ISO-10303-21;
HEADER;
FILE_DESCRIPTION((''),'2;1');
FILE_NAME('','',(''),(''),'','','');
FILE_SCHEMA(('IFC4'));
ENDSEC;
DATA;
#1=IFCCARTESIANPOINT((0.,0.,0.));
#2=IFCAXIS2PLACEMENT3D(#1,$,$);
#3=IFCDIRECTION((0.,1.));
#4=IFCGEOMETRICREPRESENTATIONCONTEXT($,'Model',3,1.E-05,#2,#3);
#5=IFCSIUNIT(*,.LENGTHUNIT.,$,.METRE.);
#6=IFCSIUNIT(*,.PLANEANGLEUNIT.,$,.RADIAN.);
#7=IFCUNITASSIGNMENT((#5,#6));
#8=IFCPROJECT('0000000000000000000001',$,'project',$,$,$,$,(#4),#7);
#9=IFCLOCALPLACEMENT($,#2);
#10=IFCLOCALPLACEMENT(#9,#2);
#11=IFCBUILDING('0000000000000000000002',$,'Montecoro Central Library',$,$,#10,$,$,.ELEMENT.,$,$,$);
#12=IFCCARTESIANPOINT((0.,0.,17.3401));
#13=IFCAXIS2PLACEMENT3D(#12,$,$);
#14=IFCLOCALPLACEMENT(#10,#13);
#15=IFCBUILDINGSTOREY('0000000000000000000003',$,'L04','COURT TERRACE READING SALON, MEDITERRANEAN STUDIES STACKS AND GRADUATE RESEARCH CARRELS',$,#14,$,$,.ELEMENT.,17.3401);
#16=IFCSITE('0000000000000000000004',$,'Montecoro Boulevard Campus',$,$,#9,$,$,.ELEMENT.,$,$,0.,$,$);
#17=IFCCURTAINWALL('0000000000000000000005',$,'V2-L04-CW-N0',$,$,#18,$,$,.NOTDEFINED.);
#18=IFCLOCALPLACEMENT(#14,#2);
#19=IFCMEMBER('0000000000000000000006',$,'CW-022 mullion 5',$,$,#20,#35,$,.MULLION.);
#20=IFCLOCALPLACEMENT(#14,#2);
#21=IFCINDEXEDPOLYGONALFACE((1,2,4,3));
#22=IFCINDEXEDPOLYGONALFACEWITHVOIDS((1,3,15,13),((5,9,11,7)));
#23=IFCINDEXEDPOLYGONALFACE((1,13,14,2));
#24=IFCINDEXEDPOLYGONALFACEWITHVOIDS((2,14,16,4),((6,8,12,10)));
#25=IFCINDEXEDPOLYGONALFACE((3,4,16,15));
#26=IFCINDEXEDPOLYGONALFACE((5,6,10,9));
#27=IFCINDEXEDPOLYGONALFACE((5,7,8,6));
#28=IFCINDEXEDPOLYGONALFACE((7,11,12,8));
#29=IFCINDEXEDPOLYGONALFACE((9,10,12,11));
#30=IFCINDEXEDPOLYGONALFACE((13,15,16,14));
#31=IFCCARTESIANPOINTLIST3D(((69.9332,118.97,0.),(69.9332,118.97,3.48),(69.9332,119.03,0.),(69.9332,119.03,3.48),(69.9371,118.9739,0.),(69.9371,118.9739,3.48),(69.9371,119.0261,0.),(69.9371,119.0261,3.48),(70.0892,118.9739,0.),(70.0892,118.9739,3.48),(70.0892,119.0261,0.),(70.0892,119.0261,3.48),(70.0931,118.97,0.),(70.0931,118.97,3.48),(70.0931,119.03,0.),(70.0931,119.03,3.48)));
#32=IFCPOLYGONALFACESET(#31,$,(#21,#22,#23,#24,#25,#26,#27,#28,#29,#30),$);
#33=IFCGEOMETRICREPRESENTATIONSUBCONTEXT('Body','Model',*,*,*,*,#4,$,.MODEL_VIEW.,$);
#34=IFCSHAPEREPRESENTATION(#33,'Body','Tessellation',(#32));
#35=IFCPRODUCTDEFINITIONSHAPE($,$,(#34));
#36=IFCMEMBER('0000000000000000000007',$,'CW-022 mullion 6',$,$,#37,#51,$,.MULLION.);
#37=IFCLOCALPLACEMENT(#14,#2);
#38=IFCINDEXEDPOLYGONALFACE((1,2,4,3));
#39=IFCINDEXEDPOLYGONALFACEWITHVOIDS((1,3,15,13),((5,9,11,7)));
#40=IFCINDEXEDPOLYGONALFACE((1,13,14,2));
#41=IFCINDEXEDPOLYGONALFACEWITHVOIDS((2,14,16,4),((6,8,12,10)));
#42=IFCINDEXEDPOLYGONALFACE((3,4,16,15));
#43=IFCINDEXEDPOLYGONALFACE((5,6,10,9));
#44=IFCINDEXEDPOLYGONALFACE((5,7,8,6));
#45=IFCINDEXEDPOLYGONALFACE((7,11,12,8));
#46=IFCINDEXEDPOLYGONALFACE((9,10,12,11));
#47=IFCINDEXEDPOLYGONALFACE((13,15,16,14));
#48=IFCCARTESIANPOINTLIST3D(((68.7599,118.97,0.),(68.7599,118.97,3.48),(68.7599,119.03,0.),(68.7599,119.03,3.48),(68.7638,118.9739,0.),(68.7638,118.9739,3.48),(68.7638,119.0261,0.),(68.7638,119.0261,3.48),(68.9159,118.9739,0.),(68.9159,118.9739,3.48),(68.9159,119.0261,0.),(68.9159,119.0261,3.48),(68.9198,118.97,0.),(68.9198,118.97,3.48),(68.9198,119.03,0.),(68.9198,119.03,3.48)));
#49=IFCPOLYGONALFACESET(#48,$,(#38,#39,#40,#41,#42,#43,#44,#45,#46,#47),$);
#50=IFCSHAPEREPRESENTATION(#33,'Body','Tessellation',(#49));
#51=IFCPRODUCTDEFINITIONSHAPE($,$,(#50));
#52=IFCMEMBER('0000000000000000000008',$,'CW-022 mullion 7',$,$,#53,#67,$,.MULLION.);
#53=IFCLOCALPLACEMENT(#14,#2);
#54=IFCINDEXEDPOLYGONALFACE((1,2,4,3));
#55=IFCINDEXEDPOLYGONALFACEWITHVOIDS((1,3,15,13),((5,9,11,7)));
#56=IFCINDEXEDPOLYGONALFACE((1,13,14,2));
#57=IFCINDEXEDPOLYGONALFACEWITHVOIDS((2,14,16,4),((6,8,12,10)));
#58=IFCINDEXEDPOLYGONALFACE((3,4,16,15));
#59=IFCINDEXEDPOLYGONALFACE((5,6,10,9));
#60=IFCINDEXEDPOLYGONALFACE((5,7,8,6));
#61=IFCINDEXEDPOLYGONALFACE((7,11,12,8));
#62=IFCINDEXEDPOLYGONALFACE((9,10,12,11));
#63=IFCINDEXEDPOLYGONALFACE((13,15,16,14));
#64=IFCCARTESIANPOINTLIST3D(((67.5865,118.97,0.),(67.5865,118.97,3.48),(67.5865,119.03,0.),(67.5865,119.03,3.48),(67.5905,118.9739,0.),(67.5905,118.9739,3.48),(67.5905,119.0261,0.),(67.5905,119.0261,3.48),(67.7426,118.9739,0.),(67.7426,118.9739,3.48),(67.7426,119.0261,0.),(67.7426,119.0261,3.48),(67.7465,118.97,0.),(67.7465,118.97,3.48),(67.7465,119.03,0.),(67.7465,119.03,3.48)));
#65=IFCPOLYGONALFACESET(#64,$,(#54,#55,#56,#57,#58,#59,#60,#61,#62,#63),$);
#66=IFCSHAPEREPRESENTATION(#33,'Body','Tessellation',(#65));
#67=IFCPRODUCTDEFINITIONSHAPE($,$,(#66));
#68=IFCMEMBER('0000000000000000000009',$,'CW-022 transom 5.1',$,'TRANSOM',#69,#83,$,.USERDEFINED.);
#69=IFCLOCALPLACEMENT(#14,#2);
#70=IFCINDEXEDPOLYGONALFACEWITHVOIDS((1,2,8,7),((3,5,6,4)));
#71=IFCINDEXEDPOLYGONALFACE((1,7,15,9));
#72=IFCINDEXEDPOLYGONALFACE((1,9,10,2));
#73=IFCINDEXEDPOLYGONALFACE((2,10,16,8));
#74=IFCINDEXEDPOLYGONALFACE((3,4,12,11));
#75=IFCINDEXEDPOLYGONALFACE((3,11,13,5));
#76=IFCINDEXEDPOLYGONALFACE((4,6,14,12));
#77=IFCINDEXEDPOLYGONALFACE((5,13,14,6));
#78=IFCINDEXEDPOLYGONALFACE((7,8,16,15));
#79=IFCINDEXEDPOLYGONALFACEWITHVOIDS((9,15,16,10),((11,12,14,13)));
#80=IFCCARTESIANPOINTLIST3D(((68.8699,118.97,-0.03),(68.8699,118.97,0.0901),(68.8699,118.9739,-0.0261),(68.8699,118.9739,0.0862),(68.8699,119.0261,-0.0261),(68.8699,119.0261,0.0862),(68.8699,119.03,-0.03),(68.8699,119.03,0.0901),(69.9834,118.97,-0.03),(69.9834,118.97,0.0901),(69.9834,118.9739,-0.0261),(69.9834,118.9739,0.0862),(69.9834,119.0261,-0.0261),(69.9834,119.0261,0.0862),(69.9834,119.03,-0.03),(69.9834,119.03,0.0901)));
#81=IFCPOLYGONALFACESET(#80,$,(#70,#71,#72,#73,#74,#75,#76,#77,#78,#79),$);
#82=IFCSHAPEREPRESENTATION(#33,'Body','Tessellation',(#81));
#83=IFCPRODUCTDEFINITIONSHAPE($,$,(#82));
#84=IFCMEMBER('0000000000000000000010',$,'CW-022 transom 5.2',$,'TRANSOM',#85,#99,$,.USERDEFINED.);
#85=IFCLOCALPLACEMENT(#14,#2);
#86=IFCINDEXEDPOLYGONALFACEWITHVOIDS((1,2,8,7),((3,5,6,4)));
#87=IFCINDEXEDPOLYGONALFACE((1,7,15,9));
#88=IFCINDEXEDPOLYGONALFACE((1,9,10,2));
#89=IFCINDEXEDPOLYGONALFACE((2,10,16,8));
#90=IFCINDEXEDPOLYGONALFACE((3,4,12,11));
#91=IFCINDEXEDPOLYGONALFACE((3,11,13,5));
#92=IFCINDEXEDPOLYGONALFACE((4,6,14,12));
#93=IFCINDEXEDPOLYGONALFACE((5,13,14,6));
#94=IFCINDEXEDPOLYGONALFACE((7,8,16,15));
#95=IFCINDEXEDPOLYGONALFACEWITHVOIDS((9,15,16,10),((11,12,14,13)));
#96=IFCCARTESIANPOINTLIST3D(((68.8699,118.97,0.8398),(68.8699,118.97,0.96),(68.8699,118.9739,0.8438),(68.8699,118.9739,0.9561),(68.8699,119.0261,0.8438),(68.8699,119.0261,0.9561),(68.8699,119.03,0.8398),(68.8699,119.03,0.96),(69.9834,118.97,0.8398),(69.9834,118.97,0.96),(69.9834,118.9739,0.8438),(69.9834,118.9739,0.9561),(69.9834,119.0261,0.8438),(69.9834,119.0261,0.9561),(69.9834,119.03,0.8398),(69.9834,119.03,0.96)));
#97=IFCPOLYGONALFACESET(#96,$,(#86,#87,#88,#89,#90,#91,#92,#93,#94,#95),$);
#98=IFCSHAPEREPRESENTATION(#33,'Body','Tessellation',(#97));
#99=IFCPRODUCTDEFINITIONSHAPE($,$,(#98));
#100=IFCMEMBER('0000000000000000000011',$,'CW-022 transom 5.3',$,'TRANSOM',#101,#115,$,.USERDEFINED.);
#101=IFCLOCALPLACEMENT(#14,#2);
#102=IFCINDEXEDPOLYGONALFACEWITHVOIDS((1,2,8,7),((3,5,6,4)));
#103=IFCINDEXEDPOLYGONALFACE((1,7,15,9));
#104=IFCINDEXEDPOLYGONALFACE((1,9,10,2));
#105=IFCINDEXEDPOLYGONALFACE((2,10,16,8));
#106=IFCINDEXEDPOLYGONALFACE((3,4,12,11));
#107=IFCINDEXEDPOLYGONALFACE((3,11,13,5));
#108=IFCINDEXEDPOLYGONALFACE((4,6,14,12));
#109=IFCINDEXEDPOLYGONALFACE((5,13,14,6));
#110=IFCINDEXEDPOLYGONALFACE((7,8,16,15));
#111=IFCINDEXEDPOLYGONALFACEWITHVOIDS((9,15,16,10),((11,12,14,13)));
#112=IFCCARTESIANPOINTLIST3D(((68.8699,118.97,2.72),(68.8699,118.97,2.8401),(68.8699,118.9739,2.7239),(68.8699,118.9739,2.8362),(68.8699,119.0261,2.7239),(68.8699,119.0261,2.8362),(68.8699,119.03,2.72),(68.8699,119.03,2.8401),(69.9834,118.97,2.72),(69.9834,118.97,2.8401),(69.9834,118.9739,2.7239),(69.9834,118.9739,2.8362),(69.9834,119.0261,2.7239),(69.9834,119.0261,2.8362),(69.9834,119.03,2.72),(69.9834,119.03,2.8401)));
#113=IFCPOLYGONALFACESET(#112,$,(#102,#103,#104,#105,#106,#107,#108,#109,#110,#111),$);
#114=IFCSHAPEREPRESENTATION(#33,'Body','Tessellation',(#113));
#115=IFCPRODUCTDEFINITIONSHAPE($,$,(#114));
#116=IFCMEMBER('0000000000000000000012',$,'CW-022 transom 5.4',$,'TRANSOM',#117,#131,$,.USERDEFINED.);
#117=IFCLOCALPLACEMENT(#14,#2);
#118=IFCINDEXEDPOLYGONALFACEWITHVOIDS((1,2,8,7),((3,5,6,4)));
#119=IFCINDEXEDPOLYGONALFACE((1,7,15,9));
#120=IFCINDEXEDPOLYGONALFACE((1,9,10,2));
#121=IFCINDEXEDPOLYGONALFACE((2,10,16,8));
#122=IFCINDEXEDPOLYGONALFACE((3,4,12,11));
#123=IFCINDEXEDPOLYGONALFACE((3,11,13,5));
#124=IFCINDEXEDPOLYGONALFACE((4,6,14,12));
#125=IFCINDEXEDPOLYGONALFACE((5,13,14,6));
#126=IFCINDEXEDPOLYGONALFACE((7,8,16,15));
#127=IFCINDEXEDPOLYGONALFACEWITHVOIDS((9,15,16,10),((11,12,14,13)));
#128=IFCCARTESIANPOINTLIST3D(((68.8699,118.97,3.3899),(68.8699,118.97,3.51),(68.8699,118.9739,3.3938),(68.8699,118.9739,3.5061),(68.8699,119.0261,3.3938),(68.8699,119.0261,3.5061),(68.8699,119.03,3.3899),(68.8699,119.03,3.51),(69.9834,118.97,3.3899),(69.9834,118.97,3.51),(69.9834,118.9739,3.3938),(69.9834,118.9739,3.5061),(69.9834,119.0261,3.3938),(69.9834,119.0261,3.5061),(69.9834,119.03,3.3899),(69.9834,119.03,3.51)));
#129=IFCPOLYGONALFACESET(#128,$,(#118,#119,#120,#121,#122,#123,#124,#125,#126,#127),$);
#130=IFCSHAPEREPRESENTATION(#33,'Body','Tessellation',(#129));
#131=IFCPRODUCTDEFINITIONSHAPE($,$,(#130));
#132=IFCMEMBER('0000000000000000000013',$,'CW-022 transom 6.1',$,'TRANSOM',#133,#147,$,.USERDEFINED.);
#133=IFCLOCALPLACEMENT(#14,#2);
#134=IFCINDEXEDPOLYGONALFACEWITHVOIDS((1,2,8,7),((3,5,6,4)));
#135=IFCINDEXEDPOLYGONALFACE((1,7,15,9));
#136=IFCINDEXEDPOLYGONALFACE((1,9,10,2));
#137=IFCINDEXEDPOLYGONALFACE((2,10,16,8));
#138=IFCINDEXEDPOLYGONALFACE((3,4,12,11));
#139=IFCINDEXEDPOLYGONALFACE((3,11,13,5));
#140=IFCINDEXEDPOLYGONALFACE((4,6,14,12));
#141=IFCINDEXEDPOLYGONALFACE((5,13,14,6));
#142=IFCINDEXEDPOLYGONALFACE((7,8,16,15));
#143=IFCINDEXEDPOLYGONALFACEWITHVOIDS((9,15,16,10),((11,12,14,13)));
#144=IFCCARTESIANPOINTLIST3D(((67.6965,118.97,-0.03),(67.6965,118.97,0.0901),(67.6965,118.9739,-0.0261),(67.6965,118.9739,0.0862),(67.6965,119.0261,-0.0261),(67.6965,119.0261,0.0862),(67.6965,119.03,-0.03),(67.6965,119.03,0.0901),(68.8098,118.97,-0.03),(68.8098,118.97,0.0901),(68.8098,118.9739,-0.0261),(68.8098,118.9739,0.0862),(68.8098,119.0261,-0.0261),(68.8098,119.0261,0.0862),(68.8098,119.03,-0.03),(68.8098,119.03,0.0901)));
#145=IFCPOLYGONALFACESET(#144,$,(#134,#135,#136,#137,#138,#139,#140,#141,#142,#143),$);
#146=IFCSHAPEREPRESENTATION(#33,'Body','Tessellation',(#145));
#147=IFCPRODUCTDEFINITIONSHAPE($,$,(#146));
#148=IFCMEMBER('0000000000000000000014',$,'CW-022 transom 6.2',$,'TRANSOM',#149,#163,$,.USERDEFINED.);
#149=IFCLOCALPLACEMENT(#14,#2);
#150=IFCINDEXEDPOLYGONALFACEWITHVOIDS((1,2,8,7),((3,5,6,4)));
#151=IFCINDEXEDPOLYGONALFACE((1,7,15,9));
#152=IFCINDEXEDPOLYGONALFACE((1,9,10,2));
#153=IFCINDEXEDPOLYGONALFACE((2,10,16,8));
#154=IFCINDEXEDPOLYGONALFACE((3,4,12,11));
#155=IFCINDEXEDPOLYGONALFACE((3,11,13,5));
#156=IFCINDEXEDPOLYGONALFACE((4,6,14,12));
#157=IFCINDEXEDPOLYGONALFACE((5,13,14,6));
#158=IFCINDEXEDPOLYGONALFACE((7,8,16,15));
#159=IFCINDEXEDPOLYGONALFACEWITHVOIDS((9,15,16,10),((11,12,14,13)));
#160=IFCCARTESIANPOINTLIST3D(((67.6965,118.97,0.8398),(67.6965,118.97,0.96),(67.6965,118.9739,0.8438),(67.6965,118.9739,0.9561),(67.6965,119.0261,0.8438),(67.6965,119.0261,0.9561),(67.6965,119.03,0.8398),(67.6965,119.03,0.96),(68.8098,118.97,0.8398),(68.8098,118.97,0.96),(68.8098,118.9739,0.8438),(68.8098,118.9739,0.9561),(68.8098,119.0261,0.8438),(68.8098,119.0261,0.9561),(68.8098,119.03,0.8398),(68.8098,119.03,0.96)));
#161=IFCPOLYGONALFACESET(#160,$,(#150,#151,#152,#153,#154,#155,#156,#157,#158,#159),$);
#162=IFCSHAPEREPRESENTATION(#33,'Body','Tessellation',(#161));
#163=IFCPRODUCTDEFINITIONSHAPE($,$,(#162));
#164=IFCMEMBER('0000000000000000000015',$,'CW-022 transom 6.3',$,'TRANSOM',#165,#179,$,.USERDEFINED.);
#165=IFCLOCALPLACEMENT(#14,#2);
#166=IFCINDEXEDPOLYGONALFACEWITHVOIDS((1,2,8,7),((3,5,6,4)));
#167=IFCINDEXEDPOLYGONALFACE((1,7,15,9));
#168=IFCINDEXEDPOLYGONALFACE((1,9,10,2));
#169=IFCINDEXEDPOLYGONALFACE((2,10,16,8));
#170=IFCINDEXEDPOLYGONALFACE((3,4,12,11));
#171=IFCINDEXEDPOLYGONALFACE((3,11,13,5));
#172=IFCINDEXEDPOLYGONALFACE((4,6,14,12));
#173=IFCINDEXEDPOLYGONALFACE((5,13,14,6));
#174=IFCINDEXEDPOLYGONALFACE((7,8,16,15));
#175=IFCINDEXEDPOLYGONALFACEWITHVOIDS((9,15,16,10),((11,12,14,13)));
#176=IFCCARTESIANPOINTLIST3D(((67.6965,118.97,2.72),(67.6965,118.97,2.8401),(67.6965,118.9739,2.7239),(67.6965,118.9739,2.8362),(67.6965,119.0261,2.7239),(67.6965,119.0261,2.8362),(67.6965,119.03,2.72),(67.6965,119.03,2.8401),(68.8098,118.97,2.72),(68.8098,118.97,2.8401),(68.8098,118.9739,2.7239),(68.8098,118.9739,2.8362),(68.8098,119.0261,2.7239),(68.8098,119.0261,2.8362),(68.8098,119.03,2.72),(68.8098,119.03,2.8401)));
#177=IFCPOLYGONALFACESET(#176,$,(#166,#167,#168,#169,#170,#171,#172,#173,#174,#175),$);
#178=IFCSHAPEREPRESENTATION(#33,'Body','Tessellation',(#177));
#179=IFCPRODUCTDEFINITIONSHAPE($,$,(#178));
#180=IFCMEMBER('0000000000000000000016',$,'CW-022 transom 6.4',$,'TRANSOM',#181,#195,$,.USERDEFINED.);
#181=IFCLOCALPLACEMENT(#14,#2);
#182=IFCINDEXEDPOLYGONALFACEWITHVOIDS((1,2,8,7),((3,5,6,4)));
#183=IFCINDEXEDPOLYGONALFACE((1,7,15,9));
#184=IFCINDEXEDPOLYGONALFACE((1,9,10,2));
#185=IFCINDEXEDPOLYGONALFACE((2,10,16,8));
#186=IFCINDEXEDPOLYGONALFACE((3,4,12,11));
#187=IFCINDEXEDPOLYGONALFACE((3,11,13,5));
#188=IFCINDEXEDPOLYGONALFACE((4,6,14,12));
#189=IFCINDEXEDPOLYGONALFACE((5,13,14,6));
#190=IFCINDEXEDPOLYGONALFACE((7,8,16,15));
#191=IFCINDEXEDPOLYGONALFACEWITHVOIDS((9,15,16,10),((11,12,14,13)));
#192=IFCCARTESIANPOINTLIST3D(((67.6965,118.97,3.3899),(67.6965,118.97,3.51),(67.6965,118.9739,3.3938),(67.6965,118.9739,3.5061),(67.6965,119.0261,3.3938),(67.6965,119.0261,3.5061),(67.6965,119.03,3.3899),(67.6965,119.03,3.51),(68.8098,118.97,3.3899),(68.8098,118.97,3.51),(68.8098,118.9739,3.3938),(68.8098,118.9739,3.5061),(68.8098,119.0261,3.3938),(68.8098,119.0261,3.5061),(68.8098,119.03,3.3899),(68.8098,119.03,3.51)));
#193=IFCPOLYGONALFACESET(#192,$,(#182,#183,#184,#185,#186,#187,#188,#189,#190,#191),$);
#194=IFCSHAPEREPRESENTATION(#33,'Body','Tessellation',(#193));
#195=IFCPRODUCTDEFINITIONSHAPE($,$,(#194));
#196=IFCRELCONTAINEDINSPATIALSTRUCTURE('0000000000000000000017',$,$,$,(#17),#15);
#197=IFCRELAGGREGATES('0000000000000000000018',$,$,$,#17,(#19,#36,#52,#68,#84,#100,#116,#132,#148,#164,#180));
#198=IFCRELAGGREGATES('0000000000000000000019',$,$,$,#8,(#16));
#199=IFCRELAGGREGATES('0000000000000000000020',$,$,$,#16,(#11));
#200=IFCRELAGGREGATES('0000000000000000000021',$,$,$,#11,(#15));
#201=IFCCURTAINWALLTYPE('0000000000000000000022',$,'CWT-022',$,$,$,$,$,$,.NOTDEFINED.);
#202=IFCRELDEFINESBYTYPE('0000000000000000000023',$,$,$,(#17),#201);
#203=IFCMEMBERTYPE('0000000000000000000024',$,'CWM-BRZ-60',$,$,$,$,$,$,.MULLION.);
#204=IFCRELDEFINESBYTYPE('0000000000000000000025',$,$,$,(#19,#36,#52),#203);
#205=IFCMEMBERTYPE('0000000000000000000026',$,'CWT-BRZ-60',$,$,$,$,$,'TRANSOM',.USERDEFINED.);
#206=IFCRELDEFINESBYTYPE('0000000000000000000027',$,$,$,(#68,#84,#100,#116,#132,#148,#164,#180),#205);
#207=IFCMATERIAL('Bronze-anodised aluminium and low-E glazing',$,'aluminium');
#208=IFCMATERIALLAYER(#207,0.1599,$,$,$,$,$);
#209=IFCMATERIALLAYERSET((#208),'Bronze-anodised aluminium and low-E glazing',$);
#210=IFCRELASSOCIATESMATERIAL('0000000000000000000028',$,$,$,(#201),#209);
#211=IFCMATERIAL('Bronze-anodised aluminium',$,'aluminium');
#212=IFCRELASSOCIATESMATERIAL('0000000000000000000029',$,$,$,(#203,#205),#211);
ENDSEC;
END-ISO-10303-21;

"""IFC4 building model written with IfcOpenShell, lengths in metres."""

from ifc_helpers import new_model, si_unit, direction, frame, origin, origin_2d, place, context, subcontext, project, spatial, hollow_rectangle, extrude, material, layer, layer_set, material_profile, profile_set, type_object, element, aggregate, save


model = new_model("IFC4")

# Units and contexts
model_context = context("Model", 3, precision=1e-05, world=origin(), true_north=direction((0.0, 1.0)))
body_context = subcontext(model_context, "Body", "Model", "MODEL_VIEW")
ifc_project = project(units=[si_unit("LENGTHUNIT", "METRE"), si_unit("PLANEANGLEUNIT", "RADIAN")], contexts=[model_context])

# Site, building, storey
site_placement = place(None, origin())
site = spatial("IfcSite", under=ifc_project, at=site_placement, Name="Montecoro Boulevard Campus", CompositionType="ELEMENT", RefElevation=0.0)
building_placement = place(site_placement, origin())
building = spatial("IfcBuilding", under=site, at=building_placement, Name="Montecoro Central Library", CompositionType="ELEMENT")
storey_placement = place(building_placement, frame((0.0, 0.0, 17.3401)))
storey = spatial("IfcBuildingStorey", under=building, at=storey_placement, Name="L04", Description="COURT TERRACE READING SALON, MEDITERRANEAN STUDIES STACKS AND GRADUATE RESEARCH CARRELS", CompositionType="ELEMENT", Elevation=17.3401)

# Curtain wall, members
ifc_material_1 = material(Name="Bronze-anodised aluminium and low-E glazing", Category="aluminium")
ifc_layer_1 = layer(ifc_material_1, 0.1599)
ifc_layer_set_1 = layer_set([ifc_layer_1], Name="Bronze-anodised aluminium and low-E glazing")
curtain_wall_type = type_object("IfcCurtainWallType", Name="CWT-022", PredefinedType="NOTDEFINED", material=ifc_layer_set_1)
curtain_wall_placement = place(storey_placement, origin())
curtain_wall = element("IfcCurtainWall", 1, at=curtain_wall_placement, inside=storey, type_object=curtain_wall_type, Name="V2-L04-CW-N0", PredefinedType="NOTDEFINED")
ifc_material_2 = material(Name="Bronze-anodised aluminium", Category="aluminium")
ifc_material_profile_1 = material_profile(ifc_material_2, hollow_rectangle(XDim=0.0601, YDim=0.1599, WallThickness=0.0039, at=origin_2d()), Name="CWM 160x60x4.0")
ifc_profile_set_1 = profile_set([ifc_material_profile_1], Name="Bronze-anodised aluminium")
member_type_1 = type_object("IfcMemberType", Name="CWM-BRZ-60", PredefinedType="MULLION", material=ifc_profile_set_1)
member_1_placement = place(storey_placement, frame((70.0132, 119.0, 0.0), z_axis=(0.0, 0.0, 1.0), x_axis=(0.0, -1.0, 0.0)))
member_1 = element("IfcMember", 2, at=member_1_placement, type_object=member_type_1, Name="CW-022 mullion 5", PredefinedType="MULLION", context=body_context, shape_type="SweptSolid", body=[
    extrude(hollow_rectangle(XDim=0.0601, YDim=0.1599, WallThickness=0.0039, at=origin_2d()), origin(), (0.0, 0.0, 1.0), 3.48),
])
member_2_placement = place(storey_placement, frame((68.8398, 119.0, 0.0), z_axis=(0.0, 0.0, 1.0), x_axis=(0.0, -1.0, 0.0)))
member_2 = element("IfcMember", 3, at=member_2_placement, type_object=member_type_1, Name="CW-022 mullion 6", PredefinedType="MULLION", context=body_context, shape_type="SweptSolid", body=[
    extrude(hollow_rectangle(XDim=0.0601, YDim=0.1599, WallThickness=0.0039, at=origin_2d()), origin(), (0.0, 0.0, 1.0), 3.48),
])
member_3_placement = place(storey_placement, frame((67.6665, 119.0, 0.0), z_axis=(0.0, 0.0, 1.0), x_axis=(0.0, -1.0, 0.0)))
member_3 = element("IfcMember", 4, at=member_3_placement, type_object=member_type_1, Name="CW-022 mullion 7", PredefinedType="MULLION", context=body_context, shape_type="SweptSolid", body=[
    extrude(hollow_rectangle(XDim=0.0601, YDim=0.1599, WallThickness=0.0039, at=origin_2d()), origin(), (0.0, 0.0, 1.0), 3.48),
])
ifc_material_profile_2 = material_profile(ifc_material_2, hollow_rectangle(XDim=0.0601, YDim=0.1201, WallThickness=0.0039, at=origin_2d()), Name="CWT 120x60x4.0")
ifc_profile_set_2 = profile_set([ifc_material_profile_2], Name="Bronze-anodised aluminium")
member_type_2 = type_object("IfcMemberType", Name="CWT-BRZ-60", ElementType="TRANSOM", PredefinedType="USERDEFINED", material=ifc_profile_set_2)
member_4_placement = place(storey_placement, frame((69.9834, 119.0, 0.03), z_axis=(-1.0, 0.0, 0.0), x_axis=(0.0, -1.0, 0.0)))
member_4 = element("IfcMember", 5, at=member_4_placement, type_object=member_type_2, Name="CW-022 transom 5.1", ObjectType="TRANSOM", PredefinedType="USERDEFINED", context=body_context, shape_type="SweptSolid", body=[
    extrude(hollow_rectangle(XDim=0.0601, YDim=0.1201, WallThickness=0.0039, at=origin_2d()), origin(), (0.0, 0.0, 1.0), 1.1135),
])
member_5_placement = place(storey_placement, frame((69.9834, 119.0, 0.8999), z_axis=(-1.0, 0.0, 0.0), x_axis=(0.0, -1.0, 0.0)))
member_5 = element("IfcMember", 6, at=member_5_placement, type_object=member_type_2, Name="CW-022 transom 5.2", ObjectType="TRANSOM", PredefinedType="USERDEFINED", context=body_context, shape_type="SweptSolid", body=[
    extrude(hollow_rectangle(XDim=0.0601, YDim=0.1201, WallThickness=0.0039, at=origin_2d()), origin(), (0.0, 0.0, 1.0), 1.1135),
])
member_6_placement = place(storey_placement, frame((69.9834, 119.0, 2.78), z_axis=(-1.0, 0.0, 0.0), x_axis=(0.0, -1.0, 0.0)))
member_6 = element("IfcMember", 7, at=member_6_placement, type_object=member_type_2, Name="CW-022 transom 5.3", ObjectType="TRANSOM", PredefinedType="USERDEFINED", context=body_context, shape_type="SweptSolid", body=[
    extrude(hollow_rectangle(XDim=0.0601, YDim=0.1201, WallThickness=0.0039, at=origin_2d()), origin(), (0.0, 0.0, 1.0), 1.1135),
])
member_7_placement = place(storey_placement, frame((69.9834, 119.0, 3.45), z_axis=(-1.0, 0.0, 0.0), x_axis=(0.0, -1.0, 0.0)))
member_7 = element("IfcMember", 8, at=member_7_placement, type_object=member_type_2, Name="CW-022 transom 5.4", ObjectType="TRANSOM", PredefinedType="USERDEFINED", context=body_context, shape_type="SweptSolid", body=[
    extrude(hollow_rectangle(XDim=0.0601, YDim=0.1201, WallThickness=0.0039, at=origin_2d()), origin(), (0.0, 0.0, 1.0), 1.1135),
])
member_8_placement = place(storey_placement, frame((68.8098, 119.0, 0.03), z_axis=(-1.0, 0.0, 0.0), x_axis=(0.0, -1.0, 0.0)))
member_8 = element("IfcMember", 9, at=member_8_placement, type_object=member_type_2, Name="CW-022 transom 6.1", ObjectType="TRANSOM", PredefinedType="USERDEFINED", context=body_context, shape_type="SweptSolid", body=[
    extrude(hollow_rectangle(XDim=0.0601, YDim=0.1201, WallThickness=0.0039, at=origin_2d()), origin(), (0.0, 0.0, 1.0), 1.1133),
])
member_9_placement = place(storey_placement, frame((68.8098, 119.0, 0.8999), z_axis=(-1.0, 0.0, 0.0), x_axis=(0.0, -1.0, 0.0)))
member_9 = element("IfcMember", 10, at=member_9_placement, type_object=member_type_2, Name="CW-022 transom 6.2", ObjectType="TRANSOM", PredefinedType="USERDEFINED", context=body_context, shape_type="SweptSolid", body=[
    extrude(hollow_rectangle(XDim=0.0601, YDim=0.1201, WallThickness=0.0039, at=origin_2d()), origin(), (0.0, 0.0, 1.0), 1.1133),
])
member_10_placement = place(storey_placement, frame((68.8098, 119.0, 2.78), z_axis=(-1.0, 0.0, 0.0), x_axis=(0.0, -1.0, 0.0)))
member_10 = element("IfcMember", 11, at=member_10_placement, type_object=member_type_2, Name="CW-022 transom 6.3", ObjectType="TRANSOM", PredefinedType="USERDEFINED", context=body_context, shape_type="SweptSolid", body=[
    extrude(hollow_rectangle(XDim=0.0601, YDim=0.1201, WallThickness=0.0039, at=origin_2d()), origin(), (0.0, 0.0, 1.0), 1.1133),
])
member_11_placement = place(storey_placement, frame((68.8098, 119.0, 3.45), z_axis=(-1.0, 0.0, 0.0), x_axis=(0.0, -1.0, 0.0)))
member_11 = element("IfcMember", 12, at=member_11_placement, type_object=member_type_2, Name="CW-022 transom 6.4", ObjectType="TRANSOM", PredefinedType="USERDEFINED", context=body_context, shape_type="SweptSolid", body=[
    extrude(hollow_rectangle(XDim=0.0601, YDim=0.1201, WallThickness=0.0039, at=origin_2d()), origin(), (0.0, 0.0, 1.0), 1.1133),
])
aggregate(curtain_wall, [member_1, member_2, member_3, member_4, member_5, member_6, member_7, member_8, member_9, member_10, member_11])

save(model, "model.ifc")
